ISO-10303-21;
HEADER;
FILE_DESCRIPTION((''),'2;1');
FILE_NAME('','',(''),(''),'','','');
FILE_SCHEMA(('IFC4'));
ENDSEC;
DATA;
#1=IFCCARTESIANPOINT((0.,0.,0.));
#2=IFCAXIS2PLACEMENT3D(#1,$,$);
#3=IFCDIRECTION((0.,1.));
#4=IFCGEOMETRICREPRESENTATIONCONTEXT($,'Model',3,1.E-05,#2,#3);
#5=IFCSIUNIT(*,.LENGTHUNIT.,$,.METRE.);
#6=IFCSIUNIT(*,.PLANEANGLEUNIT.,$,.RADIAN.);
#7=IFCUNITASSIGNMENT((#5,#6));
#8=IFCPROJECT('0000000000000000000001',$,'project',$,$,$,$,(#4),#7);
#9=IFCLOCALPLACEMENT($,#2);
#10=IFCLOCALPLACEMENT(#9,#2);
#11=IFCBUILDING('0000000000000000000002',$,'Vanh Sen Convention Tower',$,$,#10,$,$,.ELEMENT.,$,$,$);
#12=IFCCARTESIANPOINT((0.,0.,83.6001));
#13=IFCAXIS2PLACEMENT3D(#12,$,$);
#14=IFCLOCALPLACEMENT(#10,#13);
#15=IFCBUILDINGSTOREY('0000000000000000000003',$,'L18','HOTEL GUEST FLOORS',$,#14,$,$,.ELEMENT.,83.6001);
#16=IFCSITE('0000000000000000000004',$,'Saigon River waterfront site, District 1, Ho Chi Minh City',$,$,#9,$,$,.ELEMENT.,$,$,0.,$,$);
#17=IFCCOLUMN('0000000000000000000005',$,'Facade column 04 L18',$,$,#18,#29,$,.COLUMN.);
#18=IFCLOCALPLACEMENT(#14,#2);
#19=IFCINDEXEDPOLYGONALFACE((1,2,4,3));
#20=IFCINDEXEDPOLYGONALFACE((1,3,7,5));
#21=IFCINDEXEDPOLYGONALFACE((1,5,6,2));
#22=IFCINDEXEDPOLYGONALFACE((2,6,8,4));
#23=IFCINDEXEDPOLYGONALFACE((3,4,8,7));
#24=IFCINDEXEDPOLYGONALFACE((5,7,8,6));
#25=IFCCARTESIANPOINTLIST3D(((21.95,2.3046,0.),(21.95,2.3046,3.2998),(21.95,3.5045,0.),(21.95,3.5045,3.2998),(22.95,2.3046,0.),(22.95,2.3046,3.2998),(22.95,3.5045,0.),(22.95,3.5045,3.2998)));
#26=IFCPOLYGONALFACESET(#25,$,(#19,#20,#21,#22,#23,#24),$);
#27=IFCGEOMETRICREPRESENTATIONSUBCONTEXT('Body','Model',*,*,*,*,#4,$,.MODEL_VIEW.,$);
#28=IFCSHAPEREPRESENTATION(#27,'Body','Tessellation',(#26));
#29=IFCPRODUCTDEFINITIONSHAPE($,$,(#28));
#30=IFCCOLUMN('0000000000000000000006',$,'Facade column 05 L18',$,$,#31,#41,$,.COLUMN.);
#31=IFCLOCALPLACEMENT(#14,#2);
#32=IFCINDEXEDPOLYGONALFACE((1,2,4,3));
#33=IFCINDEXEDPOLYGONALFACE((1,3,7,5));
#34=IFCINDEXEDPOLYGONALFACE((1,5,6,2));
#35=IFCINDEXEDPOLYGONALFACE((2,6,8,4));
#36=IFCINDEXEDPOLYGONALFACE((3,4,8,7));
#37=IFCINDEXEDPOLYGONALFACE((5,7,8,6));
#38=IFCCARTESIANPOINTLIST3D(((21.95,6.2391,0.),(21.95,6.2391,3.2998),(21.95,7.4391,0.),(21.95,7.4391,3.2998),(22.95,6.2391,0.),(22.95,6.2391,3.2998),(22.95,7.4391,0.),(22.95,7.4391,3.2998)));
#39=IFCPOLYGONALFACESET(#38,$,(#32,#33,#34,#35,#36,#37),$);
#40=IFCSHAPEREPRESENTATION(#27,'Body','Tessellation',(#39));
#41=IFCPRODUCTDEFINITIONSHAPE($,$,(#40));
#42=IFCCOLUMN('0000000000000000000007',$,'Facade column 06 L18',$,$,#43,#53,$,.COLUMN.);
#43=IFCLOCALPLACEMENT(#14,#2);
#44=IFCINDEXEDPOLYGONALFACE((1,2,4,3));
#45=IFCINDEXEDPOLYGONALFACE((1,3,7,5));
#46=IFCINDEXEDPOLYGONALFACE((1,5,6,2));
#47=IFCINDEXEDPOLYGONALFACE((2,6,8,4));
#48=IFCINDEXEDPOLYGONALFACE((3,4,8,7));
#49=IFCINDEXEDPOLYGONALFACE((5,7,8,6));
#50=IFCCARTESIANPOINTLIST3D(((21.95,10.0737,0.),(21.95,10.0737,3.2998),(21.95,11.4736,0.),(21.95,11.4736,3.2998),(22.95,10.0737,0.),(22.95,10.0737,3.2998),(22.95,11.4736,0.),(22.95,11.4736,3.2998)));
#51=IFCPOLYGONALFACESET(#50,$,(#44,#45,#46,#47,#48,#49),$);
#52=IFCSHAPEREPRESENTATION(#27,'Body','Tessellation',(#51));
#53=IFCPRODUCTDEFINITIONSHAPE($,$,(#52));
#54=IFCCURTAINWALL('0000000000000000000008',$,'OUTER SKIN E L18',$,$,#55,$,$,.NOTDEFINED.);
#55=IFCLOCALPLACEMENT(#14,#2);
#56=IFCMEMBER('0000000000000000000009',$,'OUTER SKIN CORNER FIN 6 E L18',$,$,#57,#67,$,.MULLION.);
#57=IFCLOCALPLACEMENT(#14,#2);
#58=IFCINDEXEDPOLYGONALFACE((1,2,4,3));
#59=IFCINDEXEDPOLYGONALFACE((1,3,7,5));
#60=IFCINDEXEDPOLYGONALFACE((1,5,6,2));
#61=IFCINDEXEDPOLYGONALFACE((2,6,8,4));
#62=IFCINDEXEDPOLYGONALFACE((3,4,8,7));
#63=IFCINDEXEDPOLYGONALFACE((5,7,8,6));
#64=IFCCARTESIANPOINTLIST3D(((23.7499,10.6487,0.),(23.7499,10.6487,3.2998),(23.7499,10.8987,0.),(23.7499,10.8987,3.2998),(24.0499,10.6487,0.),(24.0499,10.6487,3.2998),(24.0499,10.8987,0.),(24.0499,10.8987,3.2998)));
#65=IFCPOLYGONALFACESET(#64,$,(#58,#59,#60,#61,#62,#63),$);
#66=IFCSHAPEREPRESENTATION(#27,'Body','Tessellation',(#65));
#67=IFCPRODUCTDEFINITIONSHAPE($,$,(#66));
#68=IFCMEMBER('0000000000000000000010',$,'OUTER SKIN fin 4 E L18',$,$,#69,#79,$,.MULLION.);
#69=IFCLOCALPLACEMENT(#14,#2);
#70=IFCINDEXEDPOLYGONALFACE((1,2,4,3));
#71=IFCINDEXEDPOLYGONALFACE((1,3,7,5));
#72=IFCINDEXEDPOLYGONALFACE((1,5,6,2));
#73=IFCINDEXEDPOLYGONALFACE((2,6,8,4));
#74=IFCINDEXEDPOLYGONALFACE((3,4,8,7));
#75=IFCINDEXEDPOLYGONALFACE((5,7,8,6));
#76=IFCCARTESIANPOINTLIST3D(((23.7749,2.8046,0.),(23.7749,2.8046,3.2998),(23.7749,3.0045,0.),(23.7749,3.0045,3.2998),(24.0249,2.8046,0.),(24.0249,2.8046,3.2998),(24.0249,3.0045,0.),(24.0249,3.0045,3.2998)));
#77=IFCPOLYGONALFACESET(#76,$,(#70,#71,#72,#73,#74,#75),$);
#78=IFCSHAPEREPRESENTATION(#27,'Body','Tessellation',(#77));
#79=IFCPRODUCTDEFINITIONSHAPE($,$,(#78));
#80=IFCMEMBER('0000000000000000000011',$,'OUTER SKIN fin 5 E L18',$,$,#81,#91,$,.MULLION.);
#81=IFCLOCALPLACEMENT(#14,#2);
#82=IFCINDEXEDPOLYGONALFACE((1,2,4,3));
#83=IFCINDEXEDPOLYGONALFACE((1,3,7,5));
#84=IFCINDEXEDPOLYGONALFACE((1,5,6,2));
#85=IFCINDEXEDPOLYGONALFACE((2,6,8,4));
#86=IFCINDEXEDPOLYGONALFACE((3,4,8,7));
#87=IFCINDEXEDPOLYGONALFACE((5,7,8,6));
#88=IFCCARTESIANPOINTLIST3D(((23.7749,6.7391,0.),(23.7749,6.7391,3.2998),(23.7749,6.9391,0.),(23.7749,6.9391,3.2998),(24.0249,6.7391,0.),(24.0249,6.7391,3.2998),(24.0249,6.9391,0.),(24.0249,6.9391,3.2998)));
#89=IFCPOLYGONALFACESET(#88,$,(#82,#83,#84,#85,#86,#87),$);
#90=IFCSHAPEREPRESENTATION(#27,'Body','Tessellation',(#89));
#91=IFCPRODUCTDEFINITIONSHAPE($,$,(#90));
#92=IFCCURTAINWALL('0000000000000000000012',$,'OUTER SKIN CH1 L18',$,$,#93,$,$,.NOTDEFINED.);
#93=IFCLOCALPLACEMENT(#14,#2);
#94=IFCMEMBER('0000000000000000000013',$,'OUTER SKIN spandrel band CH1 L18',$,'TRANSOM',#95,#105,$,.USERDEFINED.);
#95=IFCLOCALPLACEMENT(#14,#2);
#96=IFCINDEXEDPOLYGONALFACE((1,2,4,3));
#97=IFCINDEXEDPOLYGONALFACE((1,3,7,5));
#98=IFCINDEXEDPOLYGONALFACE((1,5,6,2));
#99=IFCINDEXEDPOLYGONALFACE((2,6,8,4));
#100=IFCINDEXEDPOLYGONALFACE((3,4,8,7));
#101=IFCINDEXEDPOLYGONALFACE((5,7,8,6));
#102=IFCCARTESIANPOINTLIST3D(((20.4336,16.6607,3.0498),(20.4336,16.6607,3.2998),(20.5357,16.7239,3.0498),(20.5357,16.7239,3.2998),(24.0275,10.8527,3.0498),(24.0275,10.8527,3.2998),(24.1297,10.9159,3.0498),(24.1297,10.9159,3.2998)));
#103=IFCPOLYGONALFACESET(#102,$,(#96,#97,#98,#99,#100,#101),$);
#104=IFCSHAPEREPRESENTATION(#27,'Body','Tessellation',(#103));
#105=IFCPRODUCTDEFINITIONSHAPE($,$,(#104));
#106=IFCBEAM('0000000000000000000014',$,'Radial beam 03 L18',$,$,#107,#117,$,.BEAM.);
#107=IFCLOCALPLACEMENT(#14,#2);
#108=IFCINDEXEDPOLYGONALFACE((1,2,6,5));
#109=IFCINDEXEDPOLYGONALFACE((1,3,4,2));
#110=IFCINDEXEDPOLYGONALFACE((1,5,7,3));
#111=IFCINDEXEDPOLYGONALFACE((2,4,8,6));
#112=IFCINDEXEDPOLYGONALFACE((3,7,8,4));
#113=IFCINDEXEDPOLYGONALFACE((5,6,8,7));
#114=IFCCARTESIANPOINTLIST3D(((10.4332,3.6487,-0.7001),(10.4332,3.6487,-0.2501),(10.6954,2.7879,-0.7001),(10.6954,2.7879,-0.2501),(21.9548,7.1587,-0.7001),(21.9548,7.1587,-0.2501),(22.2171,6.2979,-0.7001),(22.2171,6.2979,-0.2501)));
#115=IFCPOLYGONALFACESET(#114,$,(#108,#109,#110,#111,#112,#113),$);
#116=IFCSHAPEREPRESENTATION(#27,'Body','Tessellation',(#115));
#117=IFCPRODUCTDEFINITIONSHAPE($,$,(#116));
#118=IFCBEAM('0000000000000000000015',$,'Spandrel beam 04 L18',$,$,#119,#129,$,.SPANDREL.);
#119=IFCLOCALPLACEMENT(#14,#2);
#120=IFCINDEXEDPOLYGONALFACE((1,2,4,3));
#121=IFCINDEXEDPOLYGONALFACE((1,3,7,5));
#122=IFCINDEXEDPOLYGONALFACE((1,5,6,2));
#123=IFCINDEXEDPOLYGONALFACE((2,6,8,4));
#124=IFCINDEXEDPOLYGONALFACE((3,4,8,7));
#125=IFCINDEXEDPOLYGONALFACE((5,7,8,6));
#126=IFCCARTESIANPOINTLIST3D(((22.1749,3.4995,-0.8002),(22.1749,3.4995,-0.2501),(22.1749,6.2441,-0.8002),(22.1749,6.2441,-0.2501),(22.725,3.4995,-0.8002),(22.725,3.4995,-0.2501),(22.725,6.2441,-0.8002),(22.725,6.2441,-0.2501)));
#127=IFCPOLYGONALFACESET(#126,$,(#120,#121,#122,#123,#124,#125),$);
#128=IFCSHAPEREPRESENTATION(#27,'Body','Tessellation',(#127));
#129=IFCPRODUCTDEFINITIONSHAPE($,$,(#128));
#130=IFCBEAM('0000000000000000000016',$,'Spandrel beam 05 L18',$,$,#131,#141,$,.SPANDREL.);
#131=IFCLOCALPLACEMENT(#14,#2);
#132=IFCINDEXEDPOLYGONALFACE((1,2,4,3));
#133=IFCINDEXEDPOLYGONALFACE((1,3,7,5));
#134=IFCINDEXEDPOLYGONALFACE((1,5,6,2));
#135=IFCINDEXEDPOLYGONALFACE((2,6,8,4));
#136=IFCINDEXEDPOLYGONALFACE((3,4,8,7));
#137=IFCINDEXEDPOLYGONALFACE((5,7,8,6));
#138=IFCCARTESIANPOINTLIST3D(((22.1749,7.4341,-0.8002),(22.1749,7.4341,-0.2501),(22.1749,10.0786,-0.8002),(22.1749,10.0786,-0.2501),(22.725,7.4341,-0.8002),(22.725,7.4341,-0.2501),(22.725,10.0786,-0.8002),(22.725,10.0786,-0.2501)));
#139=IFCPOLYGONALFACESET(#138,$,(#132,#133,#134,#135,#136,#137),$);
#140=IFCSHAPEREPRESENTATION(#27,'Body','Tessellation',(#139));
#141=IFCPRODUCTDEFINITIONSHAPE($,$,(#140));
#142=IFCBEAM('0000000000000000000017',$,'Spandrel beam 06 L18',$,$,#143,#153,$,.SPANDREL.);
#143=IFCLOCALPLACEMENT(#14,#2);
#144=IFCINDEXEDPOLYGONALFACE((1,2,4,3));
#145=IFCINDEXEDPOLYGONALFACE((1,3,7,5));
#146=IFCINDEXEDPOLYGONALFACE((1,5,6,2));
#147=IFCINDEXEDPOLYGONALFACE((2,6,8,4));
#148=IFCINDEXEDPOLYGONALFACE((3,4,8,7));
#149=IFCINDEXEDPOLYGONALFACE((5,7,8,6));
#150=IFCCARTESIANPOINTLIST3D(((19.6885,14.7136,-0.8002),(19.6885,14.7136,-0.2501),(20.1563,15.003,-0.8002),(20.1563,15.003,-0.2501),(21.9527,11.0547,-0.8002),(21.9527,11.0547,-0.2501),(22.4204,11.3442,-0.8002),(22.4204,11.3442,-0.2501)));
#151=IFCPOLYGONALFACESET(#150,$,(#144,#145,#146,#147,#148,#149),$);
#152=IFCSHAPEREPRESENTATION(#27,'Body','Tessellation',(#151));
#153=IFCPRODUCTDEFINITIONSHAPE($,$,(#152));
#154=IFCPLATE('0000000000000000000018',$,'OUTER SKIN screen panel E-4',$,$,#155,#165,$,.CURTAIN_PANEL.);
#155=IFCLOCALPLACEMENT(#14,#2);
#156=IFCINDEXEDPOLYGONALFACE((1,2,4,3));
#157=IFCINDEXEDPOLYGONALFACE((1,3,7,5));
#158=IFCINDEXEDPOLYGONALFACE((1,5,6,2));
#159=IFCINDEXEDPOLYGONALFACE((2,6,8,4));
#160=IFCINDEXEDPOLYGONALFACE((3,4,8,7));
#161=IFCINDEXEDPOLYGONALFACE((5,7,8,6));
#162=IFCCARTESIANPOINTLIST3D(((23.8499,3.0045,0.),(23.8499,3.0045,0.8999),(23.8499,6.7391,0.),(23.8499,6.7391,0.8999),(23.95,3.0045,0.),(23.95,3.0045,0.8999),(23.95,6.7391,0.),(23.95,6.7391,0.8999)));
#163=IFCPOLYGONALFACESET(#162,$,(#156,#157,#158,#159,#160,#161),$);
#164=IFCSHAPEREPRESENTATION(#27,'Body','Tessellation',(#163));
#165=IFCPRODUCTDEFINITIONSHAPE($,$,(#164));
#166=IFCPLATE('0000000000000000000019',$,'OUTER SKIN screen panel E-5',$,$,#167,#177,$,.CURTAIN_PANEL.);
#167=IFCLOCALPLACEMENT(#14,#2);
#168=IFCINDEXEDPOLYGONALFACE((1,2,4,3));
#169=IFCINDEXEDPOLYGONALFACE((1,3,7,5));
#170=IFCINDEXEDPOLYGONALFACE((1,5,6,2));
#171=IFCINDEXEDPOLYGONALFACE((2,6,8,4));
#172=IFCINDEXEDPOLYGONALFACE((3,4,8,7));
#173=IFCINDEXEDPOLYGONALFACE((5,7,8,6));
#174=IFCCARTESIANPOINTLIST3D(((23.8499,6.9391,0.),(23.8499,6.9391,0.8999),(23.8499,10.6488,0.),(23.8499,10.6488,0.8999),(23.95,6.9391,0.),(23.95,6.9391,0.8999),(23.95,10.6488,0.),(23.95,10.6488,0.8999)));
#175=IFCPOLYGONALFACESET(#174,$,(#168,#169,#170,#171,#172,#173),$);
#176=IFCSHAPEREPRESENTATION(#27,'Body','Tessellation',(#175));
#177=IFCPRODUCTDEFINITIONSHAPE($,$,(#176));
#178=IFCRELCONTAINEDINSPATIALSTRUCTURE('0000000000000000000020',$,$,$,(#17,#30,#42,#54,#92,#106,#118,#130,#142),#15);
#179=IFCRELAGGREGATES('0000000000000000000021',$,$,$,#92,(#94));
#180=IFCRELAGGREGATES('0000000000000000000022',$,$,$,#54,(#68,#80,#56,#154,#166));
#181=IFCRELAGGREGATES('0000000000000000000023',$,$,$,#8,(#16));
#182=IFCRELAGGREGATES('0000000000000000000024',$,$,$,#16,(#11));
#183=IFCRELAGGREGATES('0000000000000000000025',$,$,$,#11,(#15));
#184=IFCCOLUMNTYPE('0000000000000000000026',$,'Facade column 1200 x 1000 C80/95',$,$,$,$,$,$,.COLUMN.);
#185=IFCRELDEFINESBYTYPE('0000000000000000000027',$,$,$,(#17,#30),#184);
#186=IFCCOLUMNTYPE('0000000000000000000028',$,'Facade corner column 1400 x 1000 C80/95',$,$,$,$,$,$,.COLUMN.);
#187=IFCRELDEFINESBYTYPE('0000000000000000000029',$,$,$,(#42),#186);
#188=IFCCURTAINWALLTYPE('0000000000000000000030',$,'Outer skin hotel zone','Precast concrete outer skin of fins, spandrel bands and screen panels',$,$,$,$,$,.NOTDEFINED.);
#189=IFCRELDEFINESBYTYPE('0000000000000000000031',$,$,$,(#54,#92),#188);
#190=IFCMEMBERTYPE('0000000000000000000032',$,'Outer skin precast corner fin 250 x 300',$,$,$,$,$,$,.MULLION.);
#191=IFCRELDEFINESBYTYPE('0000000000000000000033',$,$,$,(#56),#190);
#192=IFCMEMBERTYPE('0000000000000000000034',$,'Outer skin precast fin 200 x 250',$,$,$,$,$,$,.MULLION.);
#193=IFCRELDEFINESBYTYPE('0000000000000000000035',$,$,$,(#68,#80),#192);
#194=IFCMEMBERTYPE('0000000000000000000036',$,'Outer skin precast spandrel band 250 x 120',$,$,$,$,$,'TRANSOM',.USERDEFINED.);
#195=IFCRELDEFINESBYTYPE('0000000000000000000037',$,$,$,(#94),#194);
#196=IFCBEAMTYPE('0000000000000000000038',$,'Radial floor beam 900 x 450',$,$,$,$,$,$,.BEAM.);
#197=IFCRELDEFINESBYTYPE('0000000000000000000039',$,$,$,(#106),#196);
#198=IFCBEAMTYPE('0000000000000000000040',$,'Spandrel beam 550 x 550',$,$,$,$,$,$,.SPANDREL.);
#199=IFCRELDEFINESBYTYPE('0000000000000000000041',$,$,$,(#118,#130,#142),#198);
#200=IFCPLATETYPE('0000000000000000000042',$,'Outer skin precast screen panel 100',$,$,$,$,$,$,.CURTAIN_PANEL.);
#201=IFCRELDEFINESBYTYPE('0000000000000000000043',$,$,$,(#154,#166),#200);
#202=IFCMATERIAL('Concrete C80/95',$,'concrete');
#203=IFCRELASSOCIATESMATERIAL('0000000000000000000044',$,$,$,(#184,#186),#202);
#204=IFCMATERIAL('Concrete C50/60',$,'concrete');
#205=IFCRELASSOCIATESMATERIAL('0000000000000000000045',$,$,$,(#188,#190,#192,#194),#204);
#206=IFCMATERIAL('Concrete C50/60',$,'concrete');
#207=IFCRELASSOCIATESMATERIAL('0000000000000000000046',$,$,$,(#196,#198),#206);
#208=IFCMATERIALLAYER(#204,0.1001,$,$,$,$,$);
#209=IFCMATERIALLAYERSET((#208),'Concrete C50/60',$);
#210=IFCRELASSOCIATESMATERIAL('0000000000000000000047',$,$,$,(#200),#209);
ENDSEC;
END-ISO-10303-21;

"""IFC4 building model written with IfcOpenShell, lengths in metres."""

from ifc_helpers import new_model, si_unit, direction, frame, origin, origin_2d, place, context, subcontext, project, spatial, rectangle, extrude, material, layer, layer_set, material_profile, profile_set, type_object, element, aggregate, save


model = new_model("IFC4")

# Units and contexts
model_context = context("Model", 3, precision=1e-05, world=origin(), true_north=direction((0.0, 1.0)))
body_context = subcontext(model_context, "Body", "Model", "MODEL_VIEW")
ifc_project = project(units=[si_unit("LENGTHUNIT", "METRE"), si_unit("PLANEANGLEUNIT", "RADIAN")], contexts=[model_context])

# Site, building, storey
site_placement = place(None, origin())
site = spatial("IfcSite", under=ifc_project, at=site_placement, Name="Saigon River waterfront site, District 1, Ho Chi Minh City", CompositionType="ELEMENT", RefElevation=0.0)
building_placement = place(site_placement, origin())
building = spatial("IfcBuilding", under=site, at=building_placement, Name="Vanh Sen Convention Tower", CompositionType="ELEMENT")
storey_placement = place(building_placement, frame((0.0, 0.0, 83.6001)))
storey = spatial("IfcBuildingStorey", under=building, at=storey_placement, Name="L18", Description="HOTEL GUEST FLOORS", CompositionType="ELEMENT", Elevation=83.6001)

# Columns
ifc_material_1 = material(Name="Concrete C80/95", Category="concrete")
ifc_material_profile_1 = material_profile(ifc_material_1, rectangle(XDim=1.2, YDim=1.0, at=origin_2d()), Name="RC 1200X1000")
ifc_profile_set_1 = profile_set([ifc_material_profile_1], Name="Concrete C80/95")
column_type_1 = type_object("IfcColumnType", Name="Facade column 1200 x 1000 C80/95", PredefinedType="COLUMN", material=ifc_profile_set_1)
for number, where, z_axis, x_axis, name in (
    (1, (22.45, 2.9045, 0.0), (0.0, 0.0, 1.0), (0.0, 1.0, 0.0), "Facade column 04 L18"),
    (2, (22.45, 6.8391, 0.0), (0.0, 0.0, 1.0), (0.0, 1.0, 0.0), "Facade column 05 L18"),
):
    element("IfcColumn", number, at=place(storey_placement, frame(where, z_axis=z_axis, x_axis=x_axis)), inside=storey, type_object=column_type_1, Name=name, PredefinedType="COLUMN", context=body_context, shape_type="SweptSolid", body=[
        extrude(rectangle(XDim=1.2, YDim=1.0, at=origin_2d()), origin(), (0.0, 0.0, 1.0), 3.2998),
    ])
ifc_material_profile_2 = material_profile(ifc_material_1, rectangle(XDim=1.3999, YDim=1.0, at=origin_2d()), Name="RC 1400X1000")
ifc_profile_set_2 = profile_set([ifc_material_profile_2], Name="Concrete C80/95")
column_type_2 = type_object("IfcColumnType", Name="Facade corner column 1400 x 1000 C80/95", PredefinedType="COLUMN", material=ifc_profile_set_2)
column_placement = place(storey_placement, frame((22.45, 10.7737, 0.0), z_axis=(0.0, 0.0, 1.0), x_axis=(0.0, 1.0, 0.0)))
element("IfcColumn", 3, at=column_placement, inside=storey, type_object=column_type_2, Name="Facade column 06 L18", PredefinedType="COLUMN", context=body_context, shape_type="SweptSolid", body=[
    extrude(rectangle(XDim=1.3999, YDim=1.0, at=origin_2d()), origin(), (0.0, 0.0, 1.0), 3.2998),
])

# Curtain wall, members
ifc_material_2 = material(Name="Concrete C50/60", Category="concrete")
curtain_wall_type = type_object("IfcCurtainWallType", Name="Outer skin hotel zone", Description="Precast concrete outer skin of fins, spandrel bands and screen panels", PredefinedType="NOTDEFINED", material=ifc_material_2)
curtain_wall_1_placement = place(storey_placement, origin())
curtain_wall_1 = element("IfcCurtainWall", 4, at=curtain_wall_1_placement, inside=storey, type_object=curtain_wall_type, Name="OUTER SKIN E L18", PredefinedType="NOTDEFINED")
ifc_material_profile_3 = material_profile(ifc_material_2, rectangle(XDim=0.25, YDim=0.3, at=origin_2d()), Name="Outer skin precast corner fin 250 x 300")
ifc_profile_set_3 = profile_set([ifc_material_profile_3], Name="Concrete C50/60")
member_type_1 = type_object("IfcMemberType", Name="Outer skin precast corner fin 250 x 300", PredefinedType="MULLION", material=ifc_profile_set_3)
member_1_placement = place(storey_placement, frame((23.8999, 10.7737, 0.0), z_axis=(0.0, 0.0, 1.0), x_axis=(0.0, 1.0, 0.0)))
member_1 = element("IfcMember", 5, at=member_1_placement, type_object=member_type_1, Name="OUTER SKIN CORNER FIN 6 E L18", PredefinedType="MULLION", context=body_context, shape_type="SweptSolid", body=[
    extrude(rectangle(XDim=0.25, YDim=0.3, at=origin_2d()), origin(), (0.0, 0.0, 1.0), 3.2998),
])
ifc_material_profile_4 = material_profile(ifc_material_2, rectangle(XDim=0.2, YDim=0.25, at=origin_2d()), Name="Outer skin precast fin 200 x 250")
ifc_profile_set_4 = profile_set([ifc_material_profile_4], Name="Concrete C50/60")
member_type_2 = type_object("IfcMemberType", Name="Outer skin precast fin 200 x 250", PredefinedType="MULLION", material=ifc_profile_set_4)
member_2_placement = place(storey_placement, frame((23.8999, 2.9045, 0.0), z_axis=(0.0, 0.0, 1.0), x_axis=(0.0, 1.0, 0.0)))
member_2 = element("IfcMember", 6, at=member_2_placement, type_object=member_type_2, Name="OUTER SKIN fin 4 E L18", PredefinedType="MULLION", context=body_context, shape_type="SweptSolid", body=[
    extrude(rectangle(XDim=0.2, YDim=0.25, at=origin_2d()), origin(), (0.0, 0.0, 1.0), 3.2998),
])
member_3_placement = place(storey_placement, frame((23.8999, 6.8391, 0.0), z_axis=(0.0, 0.0, 1.0), x_axis=(0.0, 1.0, 0.0)))
member_3 = element("IfcMember", 7, at=member_3_placement, type_object=member_type_2, Name="OUTER SKIN fin 5 E L18", PredefinedType="MULLION", context=body_context, shape_type="SweptSolid", body=[
    extrude(rectangle(XDim=0.2, YDim=0.25, at=origin_2d()), origin(), (0.0, 0.0, 1.0), 3.2998),
])

# Curtain wall, member
curtain_wall_2_placement = place(storey_placement, origin())
curtain_wall_2 = element("IfcCurtainWall", 8, at=curtain_wall_2_placement, inside=storey, type_object=curtain_wall_type, Name="OUTER SKIN CH1 L18", PredefinedType="NOTDEFINED")
ifc_material_profile_5 = material_profile(ifc_material_2, rectangle(XDim=0.1201, YDim=0.25, at=origin_2d()), Name="Outer skin precast spandrel band 250 x 120")
ifc_profile_set_5 = profile_set([ifc_material_profile_5], Name="Concrete C50/60")
member_type_3 = type_object("IfcMemberType", Name="Outer skin precast spandrel band 250 x 120", ElementType="TRANSOM", PredefinedType="USERDEFINED", material=ifc_profile_set_5)
member_4_placement = place(storey_placement, frame((24.0786, 10.8843, 3.1748), z_axis=(-0.526196, 0.850363, 0.0), x_axis=(-0.850363, -0.526196, 0.0)))
member_4 = element("IfcMember", 9, at=member_4_placement, type_object=member_type_3, Name="OUTER SKIN spandrel band CH1 L18", ObjectType="TRANSOM", PredefinedType="USERDEFINED", context=body_context, shape_type="SweptSolid", body=[
    extrude(rectangle(XDim=0.1201, YDim=0.25, at=origin_2d()), origin(), (0.0, 0.0, 1.0), 6.8301),
])
aggregate(curtain_wall_2, [member_4])

# Beams
ifc_material_3 = material(Name="Concrete C50/60", Category="concrete")
ifc_material_profile_6 = material_profile(ifc_material_3, rectangle(XDim=0.8999, YDim=0.45, at=origin_2d()), Name="RC 900X450")
ifc_profile_set_6 = profile_set([ifc_material_profile_6], Name="Concrete C50/60")
beam_type_1 = type_object("IfcBeamType", Name="Radial floor beam 900 x 450", PredefinedType="BEAM", material=ifc_profile_set_6)
beam_1_placement = place(storey_placement, frame((22.0859, 6.7283, -0.4751), z_axis=(-0.956595, -0.29142, 0.0), x_axis=(0.29142, -0.956595, 0.0)))
element("IfcBeam", 10, at=beam_1_placement, inside=storey, type_object=beam_type_1, Name="Radial beam 03 L18", PredefinedType="BEAM", context=body_context, shape_type="SweptSolid", body=[
    extrude(rectangle(XDim=0.8999, YDim=0.45, at=origin_2d()), origin(), (0.0, 0.0, 1.0), 12.0444),
])
ifc_material_profile_7 = material_profile(ifc_material_3, rectangle(XDim=0.55, YDim=0.55, at=origin_2d()), Name="RC 550X550")
ifc_profile_set_7 = profile_set([ifc_material_profile_7], Name="Concrete C50/60")
beam_type_2 = type_object("IfcBeamType", Name="Spandrel beam 550 x 550", PredefinedType="SPANDREL", material=ifc_profile_set_7)
beam_2_placement = place(storey_placement, frame((22.45, 3.4995, -0.5251), z_axis=(0.0, 1.0, 0.0), x_axis=(-1.0, 0.0, 0.0)))
element("IfcBeam", 11, at=beam_2_placement, inside=storey, type_object=beam_type_2, Name="Spandrel beam 04 L18", PredefinedType="SPANDREL", context=body_context, shape_type="SweptSolid", body=[
    extrude(rectangle(XDim=0.55, YDim=0.55, at=origin_2d()), origin(), (0.0, 0.0, 1.0), 2.7446),
])
beam_3_placement = place(storey_placement, frame((22.45, 7.4341, -0.5251), z_axis=(0.0, 1.0, 0.0), x_axis=(-1.0, 0.0, 0.0)))
element("IfcBeam", 12, at=beam_3_placement, inside=storey, type_object=beam_type_2, Name="Spandrel beam 05 L18", PredefinedType="SPANDREL", context=body_context, shape_type="SweptSolid", body=[
    extrude(rectangle(XDim=0.55, YDim=0.55, at=origin_2d()), origin(), (0.0, 0.0, 1.0), 2.6445),
])
beam_4_placement = place(storey_placement, frame((22.1865, 11.1995, -0.5251), z_axis=(-0.526204, 0.850358, 0.0), x_axis=(-0.850358, -0.526204, 0.0)))
element("IfcBeam", 13, at=beam_4_placement, inside=storey, type_object=beam_type_2, Name="Spandrel beam 06 L18", PredefinedType="SPANDREL", context=body_context, shape_type="SweptSolid", body=[
    extrude(rectangle(XDim=0.55, YDim=0.55, at=origin_2d()), origin(), (0.0, 0.0, 1.0), 4.3027),
])

# Plates
ifc_layer_1 = layer(ifc_material_2, 0.1001)
ifc_layer_set_1 = layer_set([ifc_layer_1], Name="Concrete C50/60")
plate_type = type_object("IfcPlateType", Name="Outer skin precast screen panel 100", PredefinedType="CURTAIN_PANEL", material=ifc_layer_set_1)
plate_1_placement = place(storey_placement, frame((23.8999, 4.8718, 0.0), z_axis=(0.0, 0.0, 1.0), x_axis=(0.0, 1.0, 0.0)))
plate_1 = element("IfcPlate", 14, at=plate_1_placement, type_object=plate_type, Name="OUTER SKIN screen panel E-4", PredefinedType="CURTAIN_PANEL", context=body_context, shape_type="SweptSolid", body=[
    extrude(rectangle(XDim=3.7346, YDim=0.1001, at=origin_2d()), origin(), (0.0, 0.0, 1.0), 0.8999),
])
plate_2_placement = place(storey_placement, frame((23.8999, 8.7939, 0.0), z_axis=(0.0, 0.0, 1.0), x_axis=(0.0, 1.0, 0.0)))
plate_2 = element("IfcPlate", 15, at=plate_2_placement, type_object=plate_type, Name="OUTER SKIN screen panel E-5", PredefinedType="CURTAIN_PANEL", context=body_context, shape_type="SweptSolid", body=[
    extrude(rectangle(XDim=3.7097, YDim=0.1001, at=origin_2d()), origin(), (0.0, 0.0, 1.0), 0.8999),
])
aggregate(curtain_wall_1, [member_2, member_3, member_1, plate_1, plate_2])

save(model, "model.ifc")
